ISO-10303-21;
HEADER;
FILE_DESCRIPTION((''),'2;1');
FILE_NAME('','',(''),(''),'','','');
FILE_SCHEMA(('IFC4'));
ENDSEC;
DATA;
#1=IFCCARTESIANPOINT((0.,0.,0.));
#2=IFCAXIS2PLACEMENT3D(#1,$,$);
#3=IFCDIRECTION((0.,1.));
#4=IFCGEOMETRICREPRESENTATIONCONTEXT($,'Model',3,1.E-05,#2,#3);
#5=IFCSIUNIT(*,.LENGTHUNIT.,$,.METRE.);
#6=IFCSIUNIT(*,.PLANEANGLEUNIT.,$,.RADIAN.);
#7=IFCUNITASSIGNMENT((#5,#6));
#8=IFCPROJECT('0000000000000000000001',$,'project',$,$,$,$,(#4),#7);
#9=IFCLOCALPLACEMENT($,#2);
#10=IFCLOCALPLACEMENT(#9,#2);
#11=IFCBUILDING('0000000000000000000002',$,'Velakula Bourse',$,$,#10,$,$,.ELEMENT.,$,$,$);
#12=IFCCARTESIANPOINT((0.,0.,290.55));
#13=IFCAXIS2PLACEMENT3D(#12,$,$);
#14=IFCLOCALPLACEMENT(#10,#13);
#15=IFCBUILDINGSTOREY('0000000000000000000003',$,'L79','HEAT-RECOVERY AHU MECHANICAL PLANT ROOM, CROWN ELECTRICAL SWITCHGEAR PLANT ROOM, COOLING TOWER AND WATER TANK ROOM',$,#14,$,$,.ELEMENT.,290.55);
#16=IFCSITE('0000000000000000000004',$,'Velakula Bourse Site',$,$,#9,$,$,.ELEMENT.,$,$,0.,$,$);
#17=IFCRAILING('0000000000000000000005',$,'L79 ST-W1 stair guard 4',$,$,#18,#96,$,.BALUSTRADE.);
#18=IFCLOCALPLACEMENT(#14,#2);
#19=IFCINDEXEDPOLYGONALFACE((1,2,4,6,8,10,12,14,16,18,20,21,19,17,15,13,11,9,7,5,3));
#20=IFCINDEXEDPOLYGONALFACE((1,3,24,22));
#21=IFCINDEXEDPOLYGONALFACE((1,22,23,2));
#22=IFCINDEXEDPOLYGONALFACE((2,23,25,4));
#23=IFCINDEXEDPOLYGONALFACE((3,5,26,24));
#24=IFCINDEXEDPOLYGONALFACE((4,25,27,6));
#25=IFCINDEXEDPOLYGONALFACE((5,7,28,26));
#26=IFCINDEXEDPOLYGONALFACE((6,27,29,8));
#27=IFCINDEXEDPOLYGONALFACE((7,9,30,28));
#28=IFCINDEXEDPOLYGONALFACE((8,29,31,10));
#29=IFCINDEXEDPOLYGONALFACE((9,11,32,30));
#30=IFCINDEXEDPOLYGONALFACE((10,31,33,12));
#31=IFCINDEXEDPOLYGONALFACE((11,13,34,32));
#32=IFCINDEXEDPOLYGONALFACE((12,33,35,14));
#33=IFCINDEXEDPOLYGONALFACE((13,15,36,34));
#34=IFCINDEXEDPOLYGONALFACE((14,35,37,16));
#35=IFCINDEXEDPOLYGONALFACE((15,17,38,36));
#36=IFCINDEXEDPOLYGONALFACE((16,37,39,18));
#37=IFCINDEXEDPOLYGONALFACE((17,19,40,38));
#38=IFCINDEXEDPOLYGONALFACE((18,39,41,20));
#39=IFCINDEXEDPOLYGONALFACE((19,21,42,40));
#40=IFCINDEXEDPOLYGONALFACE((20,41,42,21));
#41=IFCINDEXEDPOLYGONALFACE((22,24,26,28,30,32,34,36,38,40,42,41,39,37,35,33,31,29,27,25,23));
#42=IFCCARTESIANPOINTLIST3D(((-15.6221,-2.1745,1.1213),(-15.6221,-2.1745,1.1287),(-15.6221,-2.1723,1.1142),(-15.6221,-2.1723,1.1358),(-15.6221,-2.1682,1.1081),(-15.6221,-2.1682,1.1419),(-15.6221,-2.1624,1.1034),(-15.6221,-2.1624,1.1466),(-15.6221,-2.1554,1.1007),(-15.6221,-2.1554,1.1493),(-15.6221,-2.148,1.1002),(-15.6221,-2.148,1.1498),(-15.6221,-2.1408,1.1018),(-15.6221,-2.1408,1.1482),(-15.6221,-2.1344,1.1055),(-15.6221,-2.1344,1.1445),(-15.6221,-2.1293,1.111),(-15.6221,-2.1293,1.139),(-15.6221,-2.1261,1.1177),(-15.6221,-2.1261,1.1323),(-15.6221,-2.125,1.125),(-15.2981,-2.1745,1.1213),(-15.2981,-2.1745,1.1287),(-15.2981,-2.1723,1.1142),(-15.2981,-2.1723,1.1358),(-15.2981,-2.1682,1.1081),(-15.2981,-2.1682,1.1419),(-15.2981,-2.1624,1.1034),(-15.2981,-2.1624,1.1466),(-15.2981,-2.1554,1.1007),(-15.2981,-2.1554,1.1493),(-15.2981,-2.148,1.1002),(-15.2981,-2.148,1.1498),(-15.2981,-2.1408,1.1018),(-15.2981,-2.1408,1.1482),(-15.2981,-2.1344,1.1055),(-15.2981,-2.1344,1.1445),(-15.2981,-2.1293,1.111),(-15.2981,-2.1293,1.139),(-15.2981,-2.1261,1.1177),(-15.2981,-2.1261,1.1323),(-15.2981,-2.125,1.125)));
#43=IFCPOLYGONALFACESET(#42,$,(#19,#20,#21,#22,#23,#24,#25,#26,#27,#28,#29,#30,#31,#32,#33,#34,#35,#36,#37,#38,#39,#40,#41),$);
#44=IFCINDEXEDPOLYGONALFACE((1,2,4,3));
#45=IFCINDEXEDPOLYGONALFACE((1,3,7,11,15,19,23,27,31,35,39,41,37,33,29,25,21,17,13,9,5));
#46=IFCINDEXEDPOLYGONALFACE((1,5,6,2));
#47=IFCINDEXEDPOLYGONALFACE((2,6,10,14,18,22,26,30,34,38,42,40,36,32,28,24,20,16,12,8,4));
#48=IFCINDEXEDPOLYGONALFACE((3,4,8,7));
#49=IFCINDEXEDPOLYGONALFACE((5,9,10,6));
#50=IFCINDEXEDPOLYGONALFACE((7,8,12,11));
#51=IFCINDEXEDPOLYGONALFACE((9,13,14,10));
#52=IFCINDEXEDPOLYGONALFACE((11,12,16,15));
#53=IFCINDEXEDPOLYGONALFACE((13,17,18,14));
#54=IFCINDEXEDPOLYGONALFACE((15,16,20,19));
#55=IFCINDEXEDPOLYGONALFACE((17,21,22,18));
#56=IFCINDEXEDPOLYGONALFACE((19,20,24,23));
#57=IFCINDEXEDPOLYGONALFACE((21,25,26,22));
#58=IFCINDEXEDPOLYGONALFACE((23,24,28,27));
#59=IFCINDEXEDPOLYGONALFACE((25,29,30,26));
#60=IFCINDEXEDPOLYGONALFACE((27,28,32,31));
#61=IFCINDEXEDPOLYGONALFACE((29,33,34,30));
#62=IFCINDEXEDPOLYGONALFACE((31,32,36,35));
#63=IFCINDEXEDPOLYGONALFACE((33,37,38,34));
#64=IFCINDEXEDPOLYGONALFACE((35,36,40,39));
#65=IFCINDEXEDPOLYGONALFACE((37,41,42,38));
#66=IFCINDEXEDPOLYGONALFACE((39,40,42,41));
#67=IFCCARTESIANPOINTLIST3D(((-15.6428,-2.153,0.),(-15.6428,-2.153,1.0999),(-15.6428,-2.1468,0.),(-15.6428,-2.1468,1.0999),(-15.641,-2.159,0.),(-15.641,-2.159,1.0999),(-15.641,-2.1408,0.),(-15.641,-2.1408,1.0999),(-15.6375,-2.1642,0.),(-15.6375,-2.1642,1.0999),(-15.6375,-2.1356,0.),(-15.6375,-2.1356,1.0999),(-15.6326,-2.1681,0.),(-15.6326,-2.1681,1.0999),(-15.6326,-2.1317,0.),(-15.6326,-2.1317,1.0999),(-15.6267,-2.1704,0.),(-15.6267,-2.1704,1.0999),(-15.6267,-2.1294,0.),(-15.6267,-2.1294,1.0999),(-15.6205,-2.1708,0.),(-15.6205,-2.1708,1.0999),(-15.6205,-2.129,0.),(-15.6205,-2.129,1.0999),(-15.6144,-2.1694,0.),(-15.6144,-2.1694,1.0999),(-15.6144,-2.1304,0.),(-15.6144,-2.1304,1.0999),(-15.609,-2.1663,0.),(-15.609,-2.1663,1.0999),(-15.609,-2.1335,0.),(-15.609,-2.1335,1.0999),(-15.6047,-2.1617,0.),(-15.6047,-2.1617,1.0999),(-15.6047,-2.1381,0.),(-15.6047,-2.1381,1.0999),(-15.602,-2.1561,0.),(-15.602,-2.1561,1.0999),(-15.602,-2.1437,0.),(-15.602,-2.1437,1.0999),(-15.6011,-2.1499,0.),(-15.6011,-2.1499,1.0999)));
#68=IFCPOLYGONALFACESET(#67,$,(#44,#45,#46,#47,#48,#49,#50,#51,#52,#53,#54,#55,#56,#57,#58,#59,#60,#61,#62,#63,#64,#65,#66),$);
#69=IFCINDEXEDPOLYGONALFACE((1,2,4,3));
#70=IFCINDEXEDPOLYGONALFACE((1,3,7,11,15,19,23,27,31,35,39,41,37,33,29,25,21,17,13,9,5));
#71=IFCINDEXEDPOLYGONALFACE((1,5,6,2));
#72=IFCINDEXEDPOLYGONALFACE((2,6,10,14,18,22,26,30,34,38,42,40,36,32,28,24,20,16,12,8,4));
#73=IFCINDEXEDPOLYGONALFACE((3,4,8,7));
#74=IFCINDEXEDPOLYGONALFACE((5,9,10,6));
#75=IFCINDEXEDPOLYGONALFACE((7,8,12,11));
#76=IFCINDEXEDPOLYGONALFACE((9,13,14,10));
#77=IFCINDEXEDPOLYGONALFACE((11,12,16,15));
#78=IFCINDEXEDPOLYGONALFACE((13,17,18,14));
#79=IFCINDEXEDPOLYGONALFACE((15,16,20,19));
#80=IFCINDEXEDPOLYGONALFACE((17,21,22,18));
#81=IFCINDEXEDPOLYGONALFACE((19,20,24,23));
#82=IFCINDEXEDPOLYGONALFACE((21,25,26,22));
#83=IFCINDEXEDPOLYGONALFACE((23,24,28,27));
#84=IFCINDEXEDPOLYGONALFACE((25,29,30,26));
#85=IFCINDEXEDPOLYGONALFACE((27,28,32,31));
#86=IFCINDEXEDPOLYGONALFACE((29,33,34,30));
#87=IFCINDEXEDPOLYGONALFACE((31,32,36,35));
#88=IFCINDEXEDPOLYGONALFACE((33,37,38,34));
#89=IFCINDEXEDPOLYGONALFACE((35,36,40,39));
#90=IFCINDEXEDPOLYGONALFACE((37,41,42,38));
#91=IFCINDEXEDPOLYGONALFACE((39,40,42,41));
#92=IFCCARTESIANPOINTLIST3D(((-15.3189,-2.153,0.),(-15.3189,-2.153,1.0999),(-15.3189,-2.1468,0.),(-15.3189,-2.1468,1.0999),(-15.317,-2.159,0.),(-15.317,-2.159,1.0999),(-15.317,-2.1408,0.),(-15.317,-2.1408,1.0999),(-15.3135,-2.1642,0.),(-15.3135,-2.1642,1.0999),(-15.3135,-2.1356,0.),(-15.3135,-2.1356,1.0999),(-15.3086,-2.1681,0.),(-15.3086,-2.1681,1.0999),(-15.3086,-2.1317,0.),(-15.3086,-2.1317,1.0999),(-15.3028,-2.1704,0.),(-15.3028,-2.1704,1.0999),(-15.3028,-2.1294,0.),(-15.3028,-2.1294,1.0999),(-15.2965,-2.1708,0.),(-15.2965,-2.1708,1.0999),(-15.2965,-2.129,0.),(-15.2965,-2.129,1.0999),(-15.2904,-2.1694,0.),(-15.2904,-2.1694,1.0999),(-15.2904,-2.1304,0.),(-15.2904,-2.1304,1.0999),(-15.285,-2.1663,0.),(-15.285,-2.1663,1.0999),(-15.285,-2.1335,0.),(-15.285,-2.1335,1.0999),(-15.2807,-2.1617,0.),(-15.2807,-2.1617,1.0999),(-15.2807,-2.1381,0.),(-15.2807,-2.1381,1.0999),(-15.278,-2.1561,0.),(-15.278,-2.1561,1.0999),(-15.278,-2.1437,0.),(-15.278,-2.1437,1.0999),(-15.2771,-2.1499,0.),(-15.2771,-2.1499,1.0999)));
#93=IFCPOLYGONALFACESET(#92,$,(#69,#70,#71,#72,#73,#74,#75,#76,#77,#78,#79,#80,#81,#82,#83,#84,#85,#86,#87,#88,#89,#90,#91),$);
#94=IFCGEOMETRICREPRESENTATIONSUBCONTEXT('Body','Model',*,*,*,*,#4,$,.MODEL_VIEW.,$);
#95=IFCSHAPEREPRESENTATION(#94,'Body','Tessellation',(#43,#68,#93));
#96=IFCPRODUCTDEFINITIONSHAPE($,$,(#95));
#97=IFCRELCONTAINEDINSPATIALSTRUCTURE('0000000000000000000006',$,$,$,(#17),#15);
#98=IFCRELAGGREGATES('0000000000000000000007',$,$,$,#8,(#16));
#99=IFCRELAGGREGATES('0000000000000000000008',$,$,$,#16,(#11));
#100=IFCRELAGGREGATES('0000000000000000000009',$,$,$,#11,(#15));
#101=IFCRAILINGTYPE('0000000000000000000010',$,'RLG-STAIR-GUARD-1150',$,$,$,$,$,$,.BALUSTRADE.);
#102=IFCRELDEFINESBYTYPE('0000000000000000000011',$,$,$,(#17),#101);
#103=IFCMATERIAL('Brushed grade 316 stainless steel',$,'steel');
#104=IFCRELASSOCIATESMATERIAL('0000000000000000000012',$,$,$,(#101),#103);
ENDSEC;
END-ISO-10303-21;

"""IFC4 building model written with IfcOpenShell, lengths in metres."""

from ifc_helpers import new_model, si_unit, direction, frame, origin, origin_2d, place, context, subcontext, project, spatial, circle, extrude, material, type_object, element, save


model = new_model("IFC4")

# Units and contexts
model_context = context("Model", 3, precision=1e-05, world=origin(), true_north=direction((0.0, 1.0)))
body_context = subcontext(model_context, "Body", "Model", "MODEL_VIEW")
ifc_project = project(units=[si_unit("LENGTHUNIT", "METRE"), si_unit("PLANEANGLEUNIT", "RADIAN")], contexts=[model_context])

# Site, building, storey
site_placement = place(None, origin())
site = spatial("IfcSite", under=ifc_project, at=site_placement, Name="Velakula Bourse Site", CompositionType="ELEMENT", RefElevation=0.0)
building_placement = place(site_placement, origin())
building = spatial("IfcBuilding", under=site, at=building_placement, Name="Velakula Bourse", CompositionType="ELEMENT")
storey_placement = place(building_placement, frame((0.0, 0.0, 290.55)))
storey = spatial("IfcBuildingStorey", under=building, at=storey_placement, Name="L79", Description="HEAT-RECOVERY AHU MECHANICAL PLANT ROOM, CROWN ELECTRICAL SWITCHGEAR PLANT ROOM, COOLING TOWER AND WATER TANK ROOM", CompositionType="ELEMENT", Elevation=290.55)

# Railing
ifc_material_1 = material(Name="Brushed grade 316 stainless steel", Category="steel")
railing_type = type_object("IfcRailingType", Name="RLG-STAIR-GUARD-1150", PredefinedType="BALUSTRADE", material=ifc_material_1)
railing_placement = place(storey_placement, frame((-15.6221, -2.1499, 0.0)))
element("IfcRailing", 1, at=railing_placement, inside=storey, type_object=railing_type, Name="L79 ST-W1 stair guard 4", PredefinedType="BALUSTRADE", context=body_context, shape_type="SweptSolid", body=[
    extrude(circle(Radius=0.0249, at=origin_2d()), frame((0.0, 0.0, 1.125), z_axis=(1.0, 0.0, 0.0), x_axis=(0.0, 1.0, 0.0)), (0.0, 0.0, 1.0), 0.324),
    extrude(circle(Radius=0.021, at=origin_2d()), origin(), (0.0, 0.0, 1.0), 1.0999),
    extrude(circle(Radius=0.021, at=origin_2d()), frame((0.324, 0.0, 0.0)), (0.0, 0.0, 1.0), 1.0999),
])

save(model, "model.ifc")
